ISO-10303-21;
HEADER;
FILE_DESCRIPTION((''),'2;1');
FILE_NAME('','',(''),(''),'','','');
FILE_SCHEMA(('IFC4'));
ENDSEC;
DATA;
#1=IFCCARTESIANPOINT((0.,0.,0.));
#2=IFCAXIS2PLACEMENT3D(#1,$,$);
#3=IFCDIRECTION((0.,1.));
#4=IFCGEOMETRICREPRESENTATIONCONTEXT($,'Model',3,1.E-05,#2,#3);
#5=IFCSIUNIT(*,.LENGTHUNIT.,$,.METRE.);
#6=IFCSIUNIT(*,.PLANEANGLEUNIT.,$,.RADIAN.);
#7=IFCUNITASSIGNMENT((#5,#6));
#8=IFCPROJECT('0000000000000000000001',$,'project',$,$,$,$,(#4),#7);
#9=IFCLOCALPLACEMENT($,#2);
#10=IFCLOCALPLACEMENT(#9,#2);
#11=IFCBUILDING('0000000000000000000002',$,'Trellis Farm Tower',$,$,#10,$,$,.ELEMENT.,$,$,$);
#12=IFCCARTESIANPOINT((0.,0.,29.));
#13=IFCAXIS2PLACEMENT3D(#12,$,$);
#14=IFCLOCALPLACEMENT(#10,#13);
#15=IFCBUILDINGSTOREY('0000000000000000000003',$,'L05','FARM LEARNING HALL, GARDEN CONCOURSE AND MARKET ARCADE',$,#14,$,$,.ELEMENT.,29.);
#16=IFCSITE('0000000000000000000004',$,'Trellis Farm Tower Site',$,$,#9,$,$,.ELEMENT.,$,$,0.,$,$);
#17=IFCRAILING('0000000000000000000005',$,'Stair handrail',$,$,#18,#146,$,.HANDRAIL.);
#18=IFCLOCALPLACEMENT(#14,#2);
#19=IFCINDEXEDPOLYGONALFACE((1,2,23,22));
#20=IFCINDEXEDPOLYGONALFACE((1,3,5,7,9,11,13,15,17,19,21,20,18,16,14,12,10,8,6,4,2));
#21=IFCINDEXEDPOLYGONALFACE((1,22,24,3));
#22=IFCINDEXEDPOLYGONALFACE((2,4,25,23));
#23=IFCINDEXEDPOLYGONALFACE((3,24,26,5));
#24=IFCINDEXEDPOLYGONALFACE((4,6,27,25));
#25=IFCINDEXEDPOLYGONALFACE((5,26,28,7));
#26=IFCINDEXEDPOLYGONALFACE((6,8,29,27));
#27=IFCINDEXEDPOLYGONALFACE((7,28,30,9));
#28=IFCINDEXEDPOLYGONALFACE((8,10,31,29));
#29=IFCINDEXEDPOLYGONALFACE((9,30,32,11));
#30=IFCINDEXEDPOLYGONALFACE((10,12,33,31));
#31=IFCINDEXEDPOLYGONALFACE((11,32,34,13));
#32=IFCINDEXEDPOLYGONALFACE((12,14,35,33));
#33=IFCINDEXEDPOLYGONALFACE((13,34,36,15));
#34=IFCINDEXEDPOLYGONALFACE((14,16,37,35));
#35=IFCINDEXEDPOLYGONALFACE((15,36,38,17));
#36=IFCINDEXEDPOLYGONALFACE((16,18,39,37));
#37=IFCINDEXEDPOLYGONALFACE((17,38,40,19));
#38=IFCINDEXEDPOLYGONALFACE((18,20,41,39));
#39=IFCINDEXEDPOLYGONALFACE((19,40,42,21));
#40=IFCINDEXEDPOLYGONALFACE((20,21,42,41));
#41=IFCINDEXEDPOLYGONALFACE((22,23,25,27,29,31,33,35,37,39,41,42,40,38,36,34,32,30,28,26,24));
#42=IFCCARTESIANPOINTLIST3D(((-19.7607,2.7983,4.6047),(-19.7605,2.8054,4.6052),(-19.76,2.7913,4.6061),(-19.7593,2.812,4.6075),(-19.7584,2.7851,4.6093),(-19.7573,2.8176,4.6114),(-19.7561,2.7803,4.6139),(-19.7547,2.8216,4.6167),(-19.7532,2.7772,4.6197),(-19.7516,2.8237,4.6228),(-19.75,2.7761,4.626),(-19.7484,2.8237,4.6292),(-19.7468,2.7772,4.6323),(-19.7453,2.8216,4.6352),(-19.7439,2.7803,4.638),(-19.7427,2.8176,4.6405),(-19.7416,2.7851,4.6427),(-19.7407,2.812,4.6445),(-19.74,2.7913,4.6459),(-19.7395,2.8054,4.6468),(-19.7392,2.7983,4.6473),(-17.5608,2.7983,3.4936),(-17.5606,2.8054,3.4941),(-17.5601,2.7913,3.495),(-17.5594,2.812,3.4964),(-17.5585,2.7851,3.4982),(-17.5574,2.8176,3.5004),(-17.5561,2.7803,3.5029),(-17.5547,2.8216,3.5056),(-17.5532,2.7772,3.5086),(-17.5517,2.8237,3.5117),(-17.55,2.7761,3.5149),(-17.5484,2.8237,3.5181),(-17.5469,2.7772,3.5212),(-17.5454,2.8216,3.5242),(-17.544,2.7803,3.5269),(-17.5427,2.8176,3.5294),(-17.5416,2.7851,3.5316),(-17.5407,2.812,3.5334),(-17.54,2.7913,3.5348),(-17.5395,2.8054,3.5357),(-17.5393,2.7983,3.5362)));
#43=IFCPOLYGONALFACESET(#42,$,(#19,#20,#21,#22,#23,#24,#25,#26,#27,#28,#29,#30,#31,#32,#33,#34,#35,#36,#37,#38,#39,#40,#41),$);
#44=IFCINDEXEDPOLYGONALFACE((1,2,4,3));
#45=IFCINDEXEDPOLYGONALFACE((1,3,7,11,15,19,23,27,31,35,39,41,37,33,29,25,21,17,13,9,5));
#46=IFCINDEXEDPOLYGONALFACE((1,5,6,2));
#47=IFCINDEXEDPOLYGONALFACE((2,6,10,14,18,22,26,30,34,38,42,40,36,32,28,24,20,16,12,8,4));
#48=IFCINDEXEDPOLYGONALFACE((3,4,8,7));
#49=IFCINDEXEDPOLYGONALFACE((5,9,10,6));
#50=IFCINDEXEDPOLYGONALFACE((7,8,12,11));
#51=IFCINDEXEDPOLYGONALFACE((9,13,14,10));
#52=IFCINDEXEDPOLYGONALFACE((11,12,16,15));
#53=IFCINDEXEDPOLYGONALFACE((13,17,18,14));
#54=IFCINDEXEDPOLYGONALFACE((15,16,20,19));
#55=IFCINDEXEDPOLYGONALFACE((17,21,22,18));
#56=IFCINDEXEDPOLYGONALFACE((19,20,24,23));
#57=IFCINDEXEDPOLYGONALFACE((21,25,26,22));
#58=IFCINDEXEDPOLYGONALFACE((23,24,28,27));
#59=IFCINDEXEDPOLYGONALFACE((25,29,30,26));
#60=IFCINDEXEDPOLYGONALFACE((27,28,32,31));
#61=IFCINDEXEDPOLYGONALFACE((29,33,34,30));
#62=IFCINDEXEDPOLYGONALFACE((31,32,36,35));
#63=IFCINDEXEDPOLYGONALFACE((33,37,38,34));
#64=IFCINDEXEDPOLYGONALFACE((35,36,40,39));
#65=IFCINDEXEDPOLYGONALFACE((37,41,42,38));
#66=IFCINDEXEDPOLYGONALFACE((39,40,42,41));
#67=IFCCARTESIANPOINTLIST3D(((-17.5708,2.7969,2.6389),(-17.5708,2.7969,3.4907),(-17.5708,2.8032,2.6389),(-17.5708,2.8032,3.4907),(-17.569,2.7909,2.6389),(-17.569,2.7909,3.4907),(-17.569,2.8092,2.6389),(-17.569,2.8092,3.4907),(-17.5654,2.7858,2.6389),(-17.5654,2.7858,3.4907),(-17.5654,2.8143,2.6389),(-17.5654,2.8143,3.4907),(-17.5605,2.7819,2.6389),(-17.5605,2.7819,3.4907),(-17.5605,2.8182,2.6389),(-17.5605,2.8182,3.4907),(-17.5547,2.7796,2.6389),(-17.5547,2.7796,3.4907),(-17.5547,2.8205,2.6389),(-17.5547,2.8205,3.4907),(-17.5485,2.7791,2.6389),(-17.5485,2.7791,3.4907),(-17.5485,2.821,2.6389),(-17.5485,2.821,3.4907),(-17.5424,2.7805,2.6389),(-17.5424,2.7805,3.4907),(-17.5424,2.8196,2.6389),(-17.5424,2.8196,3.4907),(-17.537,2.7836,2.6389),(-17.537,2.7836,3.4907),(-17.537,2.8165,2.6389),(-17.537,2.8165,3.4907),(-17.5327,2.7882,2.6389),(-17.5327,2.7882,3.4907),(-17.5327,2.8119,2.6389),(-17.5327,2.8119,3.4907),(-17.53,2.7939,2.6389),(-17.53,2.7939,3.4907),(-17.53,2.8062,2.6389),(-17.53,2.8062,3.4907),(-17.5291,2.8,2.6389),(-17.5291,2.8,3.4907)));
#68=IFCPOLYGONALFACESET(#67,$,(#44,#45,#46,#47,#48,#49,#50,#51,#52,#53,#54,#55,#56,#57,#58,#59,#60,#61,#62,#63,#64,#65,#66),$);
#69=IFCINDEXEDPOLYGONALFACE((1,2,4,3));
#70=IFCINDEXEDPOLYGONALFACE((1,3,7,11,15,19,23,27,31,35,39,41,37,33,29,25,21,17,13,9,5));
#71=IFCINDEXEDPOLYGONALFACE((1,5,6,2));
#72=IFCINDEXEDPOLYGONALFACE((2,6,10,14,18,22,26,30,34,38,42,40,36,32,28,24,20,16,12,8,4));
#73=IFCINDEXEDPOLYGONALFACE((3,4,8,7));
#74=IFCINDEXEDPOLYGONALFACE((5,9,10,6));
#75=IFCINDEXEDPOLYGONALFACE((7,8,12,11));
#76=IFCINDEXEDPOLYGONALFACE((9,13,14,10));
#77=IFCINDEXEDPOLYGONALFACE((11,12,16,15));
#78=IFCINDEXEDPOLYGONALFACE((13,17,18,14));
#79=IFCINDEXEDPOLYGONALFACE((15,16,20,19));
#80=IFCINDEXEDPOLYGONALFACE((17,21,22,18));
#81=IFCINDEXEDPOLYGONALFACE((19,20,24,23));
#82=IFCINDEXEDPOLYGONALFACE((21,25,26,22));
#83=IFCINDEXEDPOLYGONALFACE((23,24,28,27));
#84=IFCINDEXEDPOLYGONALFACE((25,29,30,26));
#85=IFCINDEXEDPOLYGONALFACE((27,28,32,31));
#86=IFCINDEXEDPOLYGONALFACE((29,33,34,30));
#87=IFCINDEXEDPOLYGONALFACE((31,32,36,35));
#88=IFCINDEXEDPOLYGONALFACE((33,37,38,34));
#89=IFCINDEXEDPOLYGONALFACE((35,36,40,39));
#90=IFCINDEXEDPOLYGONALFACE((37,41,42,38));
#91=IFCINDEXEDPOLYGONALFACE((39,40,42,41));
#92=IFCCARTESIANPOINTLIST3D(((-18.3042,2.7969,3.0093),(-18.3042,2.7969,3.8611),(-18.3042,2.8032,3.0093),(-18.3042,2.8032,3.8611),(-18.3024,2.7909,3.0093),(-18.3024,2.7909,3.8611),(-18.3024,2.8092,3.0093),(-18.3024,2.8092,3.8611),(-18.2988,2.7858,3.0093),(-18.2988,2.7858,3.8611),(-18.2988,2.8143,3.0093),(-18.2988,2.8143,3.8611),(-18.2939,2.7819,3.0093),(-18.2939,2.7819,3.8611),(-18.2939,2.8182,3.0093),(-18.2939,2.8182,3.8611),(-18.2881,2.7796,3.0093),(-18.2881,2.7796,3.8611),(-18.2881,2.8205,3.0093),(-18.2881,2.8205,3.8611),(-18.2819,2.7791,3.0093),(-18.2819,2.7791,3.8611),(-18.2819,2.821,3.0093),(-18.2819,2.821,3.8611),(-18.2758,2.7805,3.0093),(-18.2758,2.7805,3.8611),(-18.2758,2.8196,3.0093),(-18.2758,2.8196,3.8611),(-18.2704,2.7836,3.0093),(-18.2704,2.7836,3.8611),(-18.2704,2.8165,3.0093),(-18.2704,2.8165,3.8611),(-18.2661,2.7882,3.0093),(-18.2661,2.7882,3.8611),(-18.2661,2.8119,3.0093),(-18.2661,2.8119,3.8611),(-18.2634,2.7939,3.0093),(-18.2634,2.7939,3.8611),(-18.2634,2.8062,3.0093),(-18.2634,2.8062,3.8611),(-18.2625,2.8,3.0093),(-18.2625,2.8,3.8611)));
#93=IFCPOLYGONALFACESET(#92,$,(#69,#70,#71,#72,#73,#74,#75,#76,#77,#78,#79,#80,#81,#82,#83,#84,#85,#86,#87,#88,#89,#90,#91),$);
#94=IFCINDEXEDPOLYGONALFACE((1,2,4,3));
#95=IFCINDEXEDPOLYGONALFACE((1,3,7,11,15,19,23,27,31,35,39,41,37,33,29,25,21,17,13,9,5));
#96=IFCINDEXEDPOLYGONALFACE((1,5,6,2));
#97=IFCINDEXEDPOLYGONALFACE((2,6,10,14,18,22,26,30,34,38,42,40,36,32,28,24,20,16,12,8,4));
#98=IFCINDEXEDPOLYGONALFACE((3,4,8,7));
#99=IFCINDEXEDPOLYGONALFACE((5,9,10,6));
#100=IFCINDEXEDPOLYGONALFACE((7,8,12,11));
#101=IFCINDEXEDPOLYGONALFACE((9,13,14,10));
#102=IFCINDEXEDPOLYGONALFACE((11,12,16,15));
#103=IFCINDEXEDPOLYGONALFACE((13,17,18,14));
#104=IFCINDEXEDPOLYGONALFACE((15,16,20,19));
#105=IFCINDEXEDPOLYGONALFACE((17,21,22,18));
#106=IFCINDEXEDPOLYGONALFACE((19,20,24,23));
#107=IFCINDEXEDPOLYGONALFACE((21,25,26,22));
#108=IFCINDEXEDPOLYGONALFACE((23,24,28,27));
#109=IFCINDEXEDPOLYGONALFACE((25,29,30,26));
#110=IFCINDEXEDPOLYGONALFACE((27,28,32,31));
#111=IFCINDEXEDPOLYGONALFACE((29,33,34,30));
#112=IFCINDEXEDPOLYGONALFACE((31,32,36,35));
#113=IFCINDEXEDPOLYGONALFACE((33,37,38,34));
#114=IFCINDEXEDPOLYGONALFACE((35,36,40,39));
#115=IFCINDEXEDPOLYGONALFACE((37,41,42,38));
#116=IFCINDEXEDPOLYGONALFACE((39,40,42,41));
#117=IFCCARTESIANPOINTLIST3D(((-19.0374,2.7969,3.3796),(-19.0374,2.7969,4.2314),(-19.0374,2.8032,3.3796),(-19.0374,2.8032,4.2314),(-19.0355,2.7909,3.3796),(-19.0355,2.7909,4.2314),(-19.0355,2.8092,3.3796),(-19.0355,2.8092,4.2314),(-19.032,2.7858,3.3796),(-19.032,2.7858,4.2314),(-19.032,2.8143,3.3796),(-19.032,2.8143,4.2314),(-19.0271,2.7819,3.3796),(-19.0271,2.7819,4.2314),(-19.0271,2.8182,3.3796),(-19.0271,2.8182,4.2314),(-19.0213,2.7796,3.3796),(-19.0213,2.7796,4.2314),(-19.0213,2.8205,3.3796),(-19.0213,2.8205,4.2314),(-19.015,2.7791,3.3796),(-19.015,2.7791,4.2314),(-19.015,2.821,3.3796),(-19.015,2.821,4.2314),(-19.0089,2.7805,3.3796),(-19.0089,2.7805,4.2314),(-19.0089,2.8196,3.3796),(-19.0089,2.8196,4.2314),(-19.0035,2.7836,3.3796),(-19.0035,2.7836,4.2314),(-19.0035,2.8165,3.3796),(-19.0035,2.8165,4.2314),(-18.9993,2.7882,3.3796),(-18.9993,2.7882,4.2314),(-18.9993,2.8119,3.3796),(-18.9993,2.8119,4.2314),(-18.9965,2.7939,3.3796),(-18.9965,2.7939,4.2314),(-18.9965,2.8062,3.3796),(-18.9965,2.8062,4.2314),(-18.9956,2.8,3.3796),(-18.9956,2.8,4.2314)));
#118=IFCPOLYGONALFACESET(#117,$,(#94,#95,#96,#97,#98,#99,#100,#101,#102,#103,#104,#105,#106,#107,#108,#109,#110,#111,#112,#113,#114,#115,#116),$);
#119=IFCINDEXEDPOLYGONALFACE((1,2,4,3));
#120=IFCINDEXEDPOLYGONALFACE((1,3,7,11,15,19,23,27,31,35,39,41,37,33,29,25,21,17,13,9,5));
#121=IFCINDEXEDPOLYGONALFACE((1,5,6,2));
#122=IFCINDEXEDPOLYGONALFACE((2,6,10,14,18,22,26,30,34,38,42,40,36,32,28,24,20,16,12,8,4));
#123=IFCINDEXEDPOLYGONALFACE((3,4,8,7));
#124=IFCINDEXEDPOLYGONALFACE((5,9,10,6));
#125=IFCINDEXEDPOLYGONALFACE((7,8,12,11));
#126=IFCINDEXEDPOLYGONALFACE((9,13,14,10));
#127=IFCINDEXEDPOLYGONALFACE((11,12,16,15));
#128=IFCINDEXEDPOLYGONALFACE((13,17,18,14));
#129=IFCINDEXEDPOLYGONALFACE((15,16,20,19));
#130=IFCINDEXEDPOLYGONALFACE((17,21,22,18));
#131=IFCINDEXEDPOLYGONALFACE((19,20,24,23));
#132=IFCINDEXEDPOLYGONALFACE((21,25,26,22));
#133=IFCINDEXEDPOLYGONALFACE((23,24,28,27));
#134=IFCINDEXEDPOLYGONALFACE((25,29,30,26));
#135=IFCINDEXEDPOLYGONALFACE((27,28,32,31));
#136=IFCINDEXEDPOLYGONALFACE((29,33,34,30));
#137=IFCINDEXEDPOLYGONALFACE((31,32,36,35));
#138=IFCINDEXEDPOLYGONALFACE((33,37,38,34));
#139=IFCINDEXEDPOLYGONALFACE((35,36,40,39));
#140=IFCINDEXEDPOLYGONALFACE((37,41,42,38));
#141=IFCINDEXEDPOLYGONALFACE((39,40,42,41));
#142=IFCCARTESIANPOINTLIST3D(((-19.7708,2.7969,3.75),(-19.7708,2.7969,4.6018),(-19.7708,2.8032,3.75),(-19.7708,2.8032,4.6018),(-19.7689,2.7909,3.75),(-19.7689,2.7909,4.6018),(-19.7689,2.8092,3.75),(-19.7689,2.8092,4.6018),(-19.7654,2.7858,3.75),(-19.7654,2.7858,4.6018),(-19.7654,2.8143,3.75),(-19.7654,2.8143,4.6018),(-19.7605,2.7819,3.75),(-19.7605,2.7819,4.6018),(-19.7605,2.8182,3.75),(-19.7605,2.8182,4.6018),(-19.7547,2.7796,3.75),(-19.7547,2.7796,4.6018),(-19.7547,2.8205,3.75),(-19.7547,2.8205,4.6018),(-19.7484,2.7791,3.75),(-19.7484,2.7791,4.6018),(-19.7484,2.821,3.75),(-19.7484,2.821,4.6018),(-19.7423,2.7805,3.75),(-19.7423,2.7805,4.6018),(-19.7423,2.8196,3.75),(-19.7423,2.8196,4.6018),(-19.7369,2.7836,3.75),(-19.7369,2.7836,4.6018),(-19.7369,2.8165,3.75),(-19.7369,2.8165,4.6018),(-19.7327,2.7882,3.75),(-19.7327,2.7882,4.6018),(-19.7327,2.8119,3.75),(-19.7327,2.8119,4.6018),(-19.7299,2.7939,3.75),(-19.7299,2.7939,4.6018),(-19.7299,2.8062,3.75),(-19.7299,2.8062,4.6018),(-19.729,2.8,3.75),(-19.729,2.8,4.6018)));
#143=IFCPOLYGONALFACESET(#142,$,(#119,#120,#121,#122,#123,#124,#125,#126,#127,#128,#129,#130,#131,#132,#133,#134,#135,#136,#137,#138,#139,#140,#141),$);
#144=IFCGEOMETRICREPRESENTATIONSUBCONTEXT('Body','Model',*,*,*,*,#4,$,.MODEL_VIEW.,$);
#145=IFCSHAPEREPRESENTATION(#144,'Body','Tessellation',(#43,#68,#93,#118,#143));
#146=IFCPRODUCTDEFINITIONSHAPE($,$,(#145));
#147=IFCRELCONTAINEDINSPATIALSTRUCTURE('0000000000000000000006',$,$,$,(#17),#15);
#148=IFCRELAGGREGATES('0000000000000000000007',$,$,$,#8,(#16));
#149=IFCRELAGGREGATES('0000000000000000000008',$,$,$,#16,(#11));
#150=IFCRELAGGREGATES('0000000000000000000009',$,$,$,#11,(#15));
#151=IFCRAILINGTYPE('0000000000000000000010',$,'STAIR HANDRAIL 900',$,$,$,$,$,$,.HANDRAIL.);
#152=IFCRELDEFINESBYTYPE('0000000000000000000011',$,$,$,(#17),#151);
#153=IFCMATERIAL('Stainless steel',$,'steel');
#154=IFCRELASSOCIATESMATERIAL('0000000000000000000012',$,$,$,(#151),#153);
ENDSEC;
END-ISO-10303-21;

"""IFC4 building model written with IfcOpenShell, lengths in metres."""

from ifc_helpers import new_model, si_unit, direction, frame, origin, origin_2d, place, context, subcontext, project, spatial, circle, extrude, source, transform, mapped, material, type_object, element, save


model = new_model("IFC4")

# Units and contexts
model_context = context("Model", 3, precision=1e-05, world=origin(), true_north=direction((0.0, 1.0)))
body_context = subcontext(model_context, "Body", "Model", "MODEL_VIEW")
ifc_project = project(units=[si_unit("LENGTHUNIT", "METRE"), si_unit("PLANEANGLEUNIT", "RADIAN")], contexts=[model_context])

# Site, building, storey
site_placement = place(None, origin())
site = spatial("IfcSite", under=ifc_project, at=site_placement, Name="Trellis Farm Tower Site", CompositionType="ELEMENT", RefElevation=0.0)
building_placement = place(site_placement, origin())
building = spatial("IfcBuilding", under=site, at=building_placement, Name="Trellis Farm Tower", CompositionType="ELEMENT")
storey_placement = place(building_placement, frame((0.0, 0.0, 29.0)))
storey = spatial("IfcBuildingStorey", under=building, at=storey_placement, Name="L05", Description="FARM LEARNING HALL, GARDEN CONCOURSE AND MARKET ARCADE", CompositionType="ELEMENT", Elevation=29.0)

# Shared definitions
ifc_material_1 = material(Name="Stainless steel", Category="steel")

# Railing
railing_type = type_object("IfcRailingType", Name="STAIR HANDRAIL 900", PredefinedType="HANDRAIL", material=ifc_material_1)
shared_shape_1 = source(origin(), body_context, "Body", "SweptSolid", [
    extrude(circle(Radius=0.0239, at=origin_2d()), frame((0.0, 0.0, 0.876), z_axis=(-0.892617, 0.0, 0.450816), x_axis=(0.0, -1.0, 0.0)), (0.0, 0.0, 1.0), 2.4646),
    extrude(circle(Radius=0.021, at=origin_2d()), origin(), (0.0, 0.0, 1.0), 0.8518),
    extrude(circle(Radius=0.021, at=origin_2d()), frame((-0.7334, 0.0, 0.3704)), (0.0, 0.0, 1.0), 0.8518),
    extrude(circle(Radius=0.021, at=origin_2d()), frame((-1.4666, 0.0, 0.7407)), (0.0, 0.0, 1.0), 0.8518),
    extrude(circle(Radius=0.021, at=origin_2d()), frame((-2.2, 0.0, 1.1111)), (0.0, 0.0, 1.0), 0.8518),
])
for number, where, name in (
    (1, (-17.55, 2.8, 2.6389), "Stair handrail"),
):
    element("IfcRailing", number, at=place(storey_placement, frame(where)), inside=storey, type_object=railing_type, Name=name, PredefinedType="HANDRAIL", context=body_context, shape_type="MappedRepresentation", body=[
        mapped(shared_shape_1, transform((0.0, 0.0, 0.0))),
    ])

save(model, "model.ifc")
